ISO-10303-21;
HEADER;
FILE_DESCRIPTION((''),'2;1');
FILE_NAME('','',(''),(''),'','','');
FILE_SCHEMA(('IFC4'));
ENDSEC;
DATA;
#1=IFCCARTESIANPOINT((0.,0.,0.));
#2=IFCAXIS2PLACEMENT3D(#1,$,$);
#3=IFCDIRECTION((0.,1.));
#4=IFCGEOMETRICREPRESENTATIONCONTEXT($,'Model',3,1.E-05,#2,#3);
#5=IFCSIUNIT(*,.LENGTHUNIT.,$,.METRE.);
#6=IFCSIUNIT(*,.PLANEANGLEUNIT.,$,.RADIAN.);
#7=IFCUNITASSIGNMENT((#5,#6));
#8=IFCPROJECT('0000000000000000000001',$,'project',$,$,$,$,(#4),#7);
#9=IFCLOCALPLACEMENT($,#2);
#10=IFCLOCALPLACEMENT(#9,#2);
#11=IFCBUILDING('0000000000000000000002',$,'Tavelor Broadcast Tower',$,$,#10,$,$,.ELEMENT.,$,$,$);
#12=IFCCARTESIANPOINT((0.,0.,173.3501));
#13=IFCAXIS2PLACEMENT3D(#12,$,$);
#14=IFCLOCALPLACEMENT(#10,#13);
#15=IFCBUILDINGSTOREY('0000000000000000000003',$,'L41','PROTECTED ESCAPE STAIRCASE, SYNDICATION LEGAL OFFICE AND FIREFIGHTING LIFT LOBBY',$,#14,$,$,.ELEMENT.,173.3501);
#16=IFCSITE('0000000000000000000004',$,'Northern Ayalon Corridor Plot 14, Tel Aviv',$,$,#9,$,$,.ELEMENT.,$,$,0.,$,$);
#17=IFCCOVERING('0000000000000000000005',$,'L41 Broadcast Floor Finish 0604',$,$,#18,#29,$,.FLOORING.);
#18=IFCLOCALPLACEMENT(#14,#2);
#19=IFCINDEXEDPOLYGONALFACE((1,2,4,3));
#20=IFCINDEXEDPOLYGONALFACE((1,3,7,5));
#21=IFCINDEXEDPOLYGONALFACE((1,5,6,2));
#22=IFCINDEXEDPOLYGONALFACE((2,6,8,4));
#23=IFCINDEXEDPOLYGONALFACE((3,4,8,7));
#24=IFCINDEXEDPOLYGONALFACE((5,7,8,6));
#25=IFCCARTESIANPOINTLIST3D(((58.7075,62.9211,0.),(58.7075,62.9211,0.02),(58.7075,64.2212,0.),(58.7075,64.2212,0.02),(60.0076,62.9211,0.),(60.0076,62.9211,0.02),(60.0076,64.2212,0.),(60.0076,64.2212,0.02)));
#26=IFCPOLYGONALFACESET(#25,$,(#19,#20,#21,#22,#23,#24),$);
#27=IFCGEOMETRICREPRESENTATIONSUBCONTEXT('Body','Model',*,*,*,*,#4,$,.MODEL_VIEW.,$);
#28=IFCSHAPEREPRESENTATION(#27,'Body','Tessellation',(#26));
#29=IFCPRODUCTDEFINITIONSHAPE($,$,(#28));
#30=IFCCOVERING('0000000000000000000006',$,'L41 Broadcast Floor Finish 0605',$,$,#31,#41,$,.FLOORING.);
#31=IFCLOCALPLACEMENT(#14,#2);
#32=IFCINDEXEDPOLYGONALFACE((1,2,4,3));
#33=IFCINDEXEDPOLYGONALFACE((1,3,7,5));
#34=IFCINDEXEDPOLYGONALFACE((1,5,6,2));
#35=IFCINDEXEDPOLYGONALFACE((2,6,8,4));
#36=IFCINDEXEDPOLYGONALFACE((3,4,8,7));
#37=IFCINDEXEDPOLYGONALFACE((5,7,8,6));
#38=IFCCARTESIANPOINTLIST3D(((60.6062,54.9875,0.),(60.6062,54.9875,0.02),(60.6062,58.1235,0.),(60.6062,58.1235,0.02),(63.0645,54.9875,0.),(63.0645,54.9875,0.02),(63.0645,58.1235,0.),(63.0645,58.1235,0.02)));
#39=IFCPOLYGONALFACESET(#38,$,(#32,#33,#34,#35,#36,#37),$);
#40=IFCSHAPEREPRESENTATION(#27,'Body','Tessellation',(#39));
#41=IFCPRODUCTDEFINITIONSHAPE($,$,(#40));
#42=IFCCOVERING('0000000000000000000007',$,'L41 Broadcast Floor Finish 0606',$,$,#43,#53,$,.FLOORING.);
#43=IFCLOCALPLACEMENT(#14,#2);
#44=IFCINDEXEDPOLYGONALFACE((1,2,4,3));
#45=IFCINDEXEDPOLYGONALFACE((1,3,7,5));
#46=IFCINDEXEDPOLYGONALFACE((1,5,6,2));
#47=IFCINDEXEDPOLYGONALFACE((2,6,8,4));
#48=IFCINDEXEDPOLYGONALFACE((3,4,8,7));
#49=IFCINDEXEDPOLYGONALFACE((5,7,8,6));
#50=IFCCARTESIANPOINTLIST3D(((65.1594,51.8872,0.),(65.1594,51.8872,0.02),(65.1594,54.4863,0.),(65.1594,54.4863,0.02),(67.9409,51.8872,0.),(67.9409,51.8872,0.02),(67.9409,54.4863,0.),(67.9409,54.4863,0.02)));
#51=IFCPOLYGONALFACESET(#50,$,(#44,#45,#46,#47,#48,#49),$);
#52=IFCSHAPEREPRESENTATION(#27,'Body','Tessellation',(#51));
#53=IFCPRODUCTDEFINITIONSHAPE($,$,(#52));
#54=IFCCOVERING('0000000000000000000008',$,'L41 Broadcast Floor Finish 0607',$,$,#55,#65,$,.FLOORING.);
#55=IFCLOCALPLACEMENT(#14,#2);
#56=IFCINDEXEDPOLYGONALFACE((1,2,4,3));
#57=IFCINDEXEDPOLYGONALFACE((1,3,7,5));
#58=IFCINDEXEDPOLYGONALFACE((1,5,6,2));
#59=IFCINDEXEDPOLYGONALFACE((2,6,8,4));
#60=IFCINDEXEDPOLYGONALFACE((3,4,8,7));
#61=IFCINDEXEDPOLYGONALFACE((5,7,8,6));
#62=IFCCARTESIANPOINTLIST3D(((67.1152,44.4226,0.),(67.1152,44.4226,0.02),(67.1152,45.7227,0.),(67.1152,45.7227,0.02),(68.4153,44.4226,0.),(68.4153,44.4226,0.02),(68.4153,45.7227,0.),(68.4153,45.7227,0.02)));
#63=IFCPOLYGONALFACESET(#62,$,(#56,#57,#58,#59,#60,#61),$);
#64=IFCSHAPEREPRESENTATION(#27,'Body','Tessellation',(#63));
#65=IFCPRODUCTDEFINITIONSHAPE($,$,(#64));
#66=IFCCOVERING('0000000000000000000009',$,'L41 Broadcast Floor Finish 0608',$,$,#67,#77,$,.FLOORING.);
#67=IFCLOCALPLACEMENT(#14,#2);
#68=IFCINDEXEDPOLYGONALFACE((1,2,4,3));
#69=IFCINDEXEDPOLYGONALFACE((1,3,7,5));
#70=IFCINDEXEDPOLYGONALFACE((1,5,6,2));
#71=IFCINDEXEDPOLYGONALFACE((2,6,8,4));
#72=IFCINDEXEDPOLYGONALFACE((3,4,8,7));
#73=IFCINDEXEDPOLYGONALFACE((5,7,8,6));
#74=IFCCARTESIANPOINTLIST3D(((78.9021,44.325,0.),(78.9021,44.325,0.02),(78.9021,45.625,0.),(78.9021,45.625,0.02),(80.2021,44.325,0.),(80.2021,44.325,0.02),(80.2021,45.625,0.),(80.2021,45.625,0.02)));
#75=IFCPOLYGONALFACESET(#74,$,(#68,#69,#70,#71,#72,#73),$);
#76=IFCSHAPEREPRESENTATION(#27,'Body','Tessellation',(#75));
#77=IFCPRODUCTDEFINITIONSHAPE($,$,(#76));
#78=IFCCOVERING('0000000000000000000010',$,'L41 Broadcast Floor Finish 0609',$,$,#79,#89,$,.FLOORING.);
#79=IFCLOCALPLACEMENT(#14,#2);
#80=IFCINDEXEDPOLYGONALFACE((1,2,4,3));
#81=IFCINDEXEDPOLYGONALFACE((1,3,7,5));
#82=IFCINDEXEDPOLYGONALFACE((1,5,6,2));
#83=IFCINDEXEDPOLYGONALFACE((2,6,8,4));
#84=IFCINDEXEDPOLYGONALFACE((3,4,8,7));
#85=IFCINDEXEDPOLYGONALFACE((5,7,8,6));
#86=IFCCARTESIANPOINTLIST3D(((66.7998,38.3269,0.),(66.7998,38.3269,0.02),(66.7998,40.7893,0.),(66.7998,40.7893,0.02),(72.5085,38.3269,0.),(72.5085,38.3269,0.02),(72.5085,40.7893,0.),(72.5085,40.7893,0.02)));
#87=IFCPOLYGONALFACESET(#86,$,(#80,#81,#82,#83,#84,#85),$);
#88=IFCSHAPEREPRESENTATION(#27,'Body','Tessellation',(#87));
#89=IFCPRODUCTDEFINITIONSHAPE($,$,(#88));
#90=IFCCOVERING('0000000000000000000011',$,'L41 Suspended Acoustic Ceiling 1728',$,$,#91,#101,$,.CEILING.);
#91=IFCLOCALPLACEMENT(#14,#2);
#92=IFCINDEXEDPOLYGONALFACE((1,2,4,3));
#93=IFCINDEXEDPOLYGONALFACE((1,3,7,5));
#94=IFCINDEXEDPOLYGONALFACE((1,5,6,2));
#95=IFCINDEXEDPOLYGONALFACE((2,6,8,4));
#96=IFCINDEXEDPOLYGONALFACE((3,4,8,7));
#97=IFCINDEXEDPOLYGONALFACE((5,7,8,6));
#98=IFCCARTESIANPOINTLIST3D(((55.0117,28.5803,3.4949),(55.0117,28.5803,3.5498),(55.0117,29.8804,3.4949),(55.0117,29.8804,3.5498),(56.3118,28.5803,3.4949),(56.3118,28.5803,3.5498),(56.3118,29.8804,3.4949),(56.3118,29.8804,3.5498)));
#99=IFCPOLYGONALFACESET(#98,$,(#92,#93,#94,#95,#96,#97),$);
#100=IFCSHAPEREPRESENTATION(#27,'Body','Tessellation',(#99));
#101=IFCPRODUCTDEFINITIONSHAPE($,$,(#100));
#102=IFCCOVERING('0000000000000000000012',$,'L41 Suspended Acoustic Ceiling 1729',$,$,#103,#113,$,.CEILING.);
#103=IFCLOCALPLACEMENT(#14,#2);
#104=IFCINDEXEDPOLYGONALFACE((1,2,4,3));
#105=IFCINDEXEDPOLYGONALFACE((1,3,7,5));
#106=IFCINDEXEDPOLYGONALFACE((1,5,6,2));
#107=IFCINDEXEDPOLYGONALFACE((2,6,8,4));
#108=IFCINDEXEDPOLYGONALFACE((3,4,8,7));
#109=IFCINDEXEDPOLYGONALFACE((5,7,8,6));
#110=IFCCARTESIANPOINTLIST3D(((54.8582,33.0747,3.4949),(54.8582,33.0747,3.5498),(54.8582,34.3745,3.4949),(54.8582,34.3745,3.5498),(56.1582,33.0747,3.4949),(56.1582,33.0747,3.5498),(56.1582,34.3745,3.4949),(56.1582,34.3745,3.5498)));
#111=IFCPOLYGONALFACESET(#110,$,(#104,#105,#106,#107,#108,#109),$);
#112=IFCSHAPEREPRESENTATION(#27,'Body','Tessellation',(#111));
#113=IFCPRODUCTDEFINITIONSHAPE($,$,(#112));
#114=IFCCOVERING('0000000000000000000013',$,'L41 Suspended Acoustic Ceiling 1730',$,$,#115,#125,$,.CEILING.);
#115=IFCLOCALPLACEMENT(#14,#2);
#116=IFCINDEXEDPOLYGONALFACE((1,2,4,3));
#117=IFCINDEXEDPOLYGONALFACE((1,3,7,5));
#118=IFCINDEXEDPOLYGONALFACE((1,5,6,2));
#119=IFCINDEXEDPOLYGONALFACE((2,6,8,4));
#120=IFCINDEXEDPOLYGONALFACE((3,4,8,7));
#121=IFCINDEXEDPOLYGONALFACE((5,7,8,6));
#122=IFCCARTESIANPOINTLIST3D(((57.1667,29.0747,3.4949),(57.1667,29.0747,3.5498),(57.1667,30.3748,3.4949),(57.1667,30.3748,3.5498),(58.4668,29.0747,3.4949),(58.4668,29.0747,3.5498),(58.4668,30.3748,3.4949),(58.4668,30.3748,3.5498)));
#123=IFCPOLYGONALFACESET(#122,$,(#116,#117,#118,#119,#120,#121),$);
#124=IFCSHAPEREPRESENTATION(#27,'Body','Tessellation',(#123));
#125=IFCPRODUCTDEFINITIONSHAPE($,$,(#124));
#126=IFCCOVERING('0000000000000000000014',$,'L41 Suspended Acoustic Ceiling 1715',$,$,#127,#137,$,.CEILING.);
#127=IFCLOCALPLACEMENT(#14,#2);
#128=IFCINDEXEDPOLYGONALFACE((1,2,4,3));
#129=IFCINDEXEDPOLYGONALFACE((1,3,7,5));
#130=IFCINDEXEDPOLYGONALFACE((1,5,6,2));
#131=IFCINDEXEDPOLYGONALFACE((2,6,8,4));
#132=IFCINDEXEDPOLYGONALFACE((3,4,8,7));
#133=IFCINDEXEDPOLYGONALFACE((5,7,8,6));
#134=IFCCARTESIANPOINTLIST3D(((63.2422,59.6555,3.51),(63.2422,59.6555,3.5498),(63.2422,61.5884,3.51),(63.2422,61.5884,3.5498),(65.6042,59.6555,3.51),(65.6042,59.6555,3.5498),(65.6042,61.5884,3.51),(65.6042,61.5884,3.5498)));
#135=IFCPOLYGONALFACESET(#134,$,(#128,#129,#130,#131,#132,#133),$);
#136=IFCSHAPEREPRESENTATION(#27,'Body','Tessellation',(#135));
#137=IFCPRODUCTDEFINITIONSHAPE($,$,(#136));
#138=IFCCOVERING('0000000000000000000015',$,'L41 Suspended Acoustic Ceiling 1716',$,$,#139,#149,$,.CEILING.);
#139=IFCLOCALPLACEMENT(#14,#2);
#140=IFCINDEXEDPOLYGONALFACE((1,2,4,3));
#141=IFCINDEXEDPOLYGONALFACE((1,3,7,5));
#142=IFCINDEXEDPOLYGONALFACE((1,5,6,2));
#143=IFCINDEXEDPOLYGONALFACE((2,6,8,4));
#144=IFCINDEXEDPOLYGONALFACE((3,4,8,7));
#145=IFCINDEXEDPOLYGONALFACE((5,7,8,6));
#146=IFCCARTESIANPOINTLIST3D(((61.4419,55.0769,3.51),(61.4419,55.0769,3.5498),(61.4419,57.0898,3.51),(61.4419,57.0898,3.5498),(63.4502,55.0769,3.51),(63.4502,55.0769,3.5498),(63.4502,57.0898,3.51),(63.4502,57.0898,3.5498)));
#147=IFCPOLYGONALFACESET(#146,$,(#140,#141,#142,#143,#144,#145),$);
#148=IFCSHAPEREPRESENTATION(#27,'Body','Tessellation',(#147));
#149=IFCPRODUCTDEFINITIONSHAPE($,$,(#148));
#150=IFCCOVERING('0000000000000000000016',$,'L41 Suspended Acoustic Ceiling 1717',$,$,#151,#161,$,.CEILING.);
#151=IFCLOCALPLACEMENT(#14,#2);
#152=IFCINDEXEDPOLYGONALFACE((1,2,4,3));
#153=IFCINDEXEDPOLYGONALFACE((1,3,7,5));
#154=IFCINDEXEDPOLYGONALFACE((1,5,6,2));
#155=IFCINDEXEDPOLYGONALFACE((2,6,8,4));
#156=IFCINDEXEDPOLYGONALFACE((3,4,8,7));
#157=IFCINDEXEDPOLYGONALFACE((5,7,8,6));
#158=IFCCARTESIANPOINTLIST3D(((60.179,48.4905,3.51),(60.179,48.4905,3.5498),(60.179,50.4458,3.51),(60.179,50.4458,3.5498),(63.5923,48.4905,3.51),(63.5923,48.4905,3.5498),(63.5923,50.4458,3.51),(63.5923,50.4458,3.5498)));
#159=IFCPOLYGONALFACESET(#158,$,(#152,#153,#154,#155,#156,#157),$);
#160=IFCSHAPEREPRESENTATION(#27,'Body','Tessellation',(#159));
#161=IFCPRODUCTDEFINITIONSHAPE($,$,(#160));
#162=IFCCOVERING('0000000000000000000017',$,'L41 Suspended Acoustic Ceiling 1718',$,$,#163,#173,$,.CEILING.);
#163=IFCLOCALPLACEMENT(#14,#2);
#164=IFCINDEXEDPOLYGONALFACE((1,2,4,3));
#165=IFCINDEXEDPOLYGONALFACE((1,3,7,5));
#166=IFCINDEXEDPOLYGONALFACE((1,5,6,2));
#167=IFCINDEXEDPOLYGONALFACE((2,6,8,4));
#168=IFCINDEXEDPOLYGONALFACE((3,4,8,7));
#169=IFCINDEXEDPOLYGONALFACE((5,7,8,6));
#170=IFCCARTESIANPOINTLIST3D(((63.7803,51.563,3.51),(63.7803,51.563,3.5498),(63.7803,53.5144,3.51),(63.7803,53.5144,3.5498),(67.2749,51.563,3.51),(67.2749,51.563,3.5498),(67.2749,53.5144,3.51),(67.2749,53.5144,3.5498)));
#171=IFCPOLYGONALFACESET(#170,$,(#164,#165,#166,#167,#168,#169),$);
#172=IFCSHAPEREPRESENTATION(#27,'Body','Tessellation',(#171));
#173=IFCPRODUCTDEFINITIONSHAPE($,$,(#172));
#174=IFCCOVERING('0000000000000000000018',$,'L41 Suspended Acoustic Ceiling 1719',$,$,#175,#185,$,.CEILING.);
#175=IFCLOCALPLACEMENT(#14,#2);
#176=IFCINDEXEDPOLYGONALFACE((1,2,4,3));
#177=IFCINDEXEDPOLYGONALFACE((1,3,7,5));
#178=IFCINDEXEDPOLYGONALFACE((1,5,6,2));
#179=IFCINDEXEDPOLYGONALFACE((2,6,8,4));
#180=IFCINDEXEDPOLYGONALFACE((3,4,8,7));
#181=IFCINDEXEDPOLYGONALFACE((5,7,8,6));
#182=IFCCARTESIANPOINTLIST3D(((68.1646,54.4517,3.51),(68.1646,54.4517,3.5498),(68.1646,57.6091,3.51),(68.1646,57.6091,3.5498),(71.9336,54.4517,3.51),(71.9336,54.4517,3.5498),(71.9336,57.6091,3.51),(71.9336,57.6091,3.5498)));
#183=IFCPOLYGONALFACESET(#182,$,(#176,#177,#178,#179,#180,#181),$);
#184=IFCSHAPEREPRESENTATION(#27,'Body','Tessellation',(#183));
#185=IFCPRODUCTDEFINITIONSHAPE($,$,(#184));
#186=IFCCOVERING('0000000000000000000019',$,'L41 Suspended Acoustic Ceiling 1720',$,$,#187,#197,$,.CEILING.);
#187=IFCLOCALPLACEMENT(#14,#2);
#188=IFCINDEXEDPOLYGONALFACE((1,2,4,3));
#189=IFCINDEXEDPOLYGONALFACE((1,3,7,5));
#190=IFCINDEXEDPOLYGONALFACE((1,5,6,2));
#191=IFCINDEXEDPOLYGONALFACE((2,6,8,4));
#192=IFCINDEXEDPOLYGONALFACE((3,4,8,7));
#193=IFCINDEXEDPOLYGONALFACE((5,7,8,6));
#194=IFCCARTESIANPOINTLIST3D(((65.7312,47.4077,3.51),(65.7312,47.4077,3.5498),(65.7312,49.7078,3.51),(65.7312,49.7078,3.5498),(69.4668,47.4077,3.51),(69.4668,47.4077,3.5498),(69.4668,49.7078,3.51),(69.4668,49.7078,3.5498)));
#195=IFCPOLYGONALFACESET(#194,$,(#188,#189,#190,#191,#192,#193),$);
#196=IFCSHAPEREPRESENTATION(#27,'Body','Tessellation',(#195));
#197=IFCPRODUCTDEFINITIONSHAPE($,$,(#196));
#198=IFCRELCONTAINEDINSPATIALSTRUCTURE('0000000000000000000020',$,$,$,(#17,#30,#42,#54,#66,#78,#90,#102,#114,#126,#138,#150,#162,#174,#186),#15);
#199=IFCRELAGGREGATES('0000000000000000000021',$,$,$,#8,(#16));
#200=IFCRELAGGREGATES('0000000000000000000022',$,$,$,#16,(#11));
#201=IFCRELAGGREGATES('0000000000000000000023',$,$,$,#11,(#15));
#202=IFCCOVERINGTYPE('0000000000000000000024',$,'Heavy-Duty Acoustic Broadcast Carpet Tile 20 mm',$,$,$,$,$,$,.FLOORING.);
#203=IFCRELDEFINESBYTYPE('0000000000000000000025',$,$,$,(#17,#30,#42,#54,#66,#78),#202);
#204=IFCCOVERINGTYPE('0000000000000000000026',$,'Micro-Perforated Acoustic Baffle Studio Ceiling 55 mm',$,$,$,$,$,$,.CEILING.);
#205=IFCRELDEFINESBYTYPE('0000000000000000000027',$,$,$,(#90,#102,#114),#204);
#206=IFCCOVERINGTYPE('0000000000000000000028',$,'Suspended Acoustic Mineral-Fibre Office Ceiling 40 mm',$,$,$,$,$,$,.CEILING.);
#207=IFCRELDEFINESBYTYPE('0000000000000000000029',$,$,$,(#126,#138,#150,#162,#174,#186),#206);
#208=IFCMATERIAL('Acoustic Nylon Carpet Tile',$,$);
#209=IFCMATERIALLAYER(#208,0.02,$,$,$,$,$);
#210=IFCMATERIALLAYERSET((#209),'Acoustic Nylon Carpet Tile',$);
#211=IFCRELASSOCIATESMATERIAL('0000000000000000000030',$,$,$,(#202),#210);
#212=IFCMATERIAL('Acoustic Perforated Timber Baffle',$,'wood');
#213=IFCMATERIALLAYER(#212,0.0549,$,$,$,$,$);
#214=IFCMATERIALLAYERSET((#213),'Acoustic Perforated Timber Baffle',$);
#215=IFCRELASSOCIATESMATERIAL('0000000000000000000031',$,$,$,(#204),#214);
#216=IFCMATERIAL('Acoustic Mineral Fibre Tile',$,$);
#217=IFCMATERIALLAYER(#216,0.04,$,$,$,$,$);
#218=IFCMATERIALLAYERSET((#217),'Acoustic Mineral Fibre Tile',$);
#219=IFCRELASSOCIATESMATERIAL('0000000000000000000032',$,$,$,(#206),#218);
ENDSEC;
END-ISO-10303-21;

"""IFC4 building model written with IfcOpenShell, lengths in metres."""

from ifc_helpers import new_model, si_unit, direction, frame, origin, place, context, subcontext, project, spatial, polyline, outline, extrude, material, layer, layer_set, type_object, element, save


model = new_model("IFC4")

# Units and contexts
model_context = context("Model", 3, precision=1e-05, world=origin(), true_north=direction((0.0, 1.0)))
body_context = subcontext(model_context, "Body", "Model", "MODEL_VIEW")
ifc_project = project(units=[si_unit("LENGTHUNIT", "METRE"), si_unit("PLANEANGLEUNIT", "RADIAN")], contexts=[model_context])

# Site, building, storey
site_placement = place(None, origin())
site = spatial("IfcSite", under=ifc_project, at=site_placement, Name="Northern Ayalon Corridor Plot 14, Tel Aviv", CompositionType="ELEMENT", RefElevation=0.0)
building_placement = place(site_placement, origin())
building = spatial("IfcBuilding", under=site, at=building_placement, Name="Tavelor Broadcast Tower", CompositionType="ELEMENT")
storey_placement = place(building_placement, frame((0.0, 0.0, 173.3501)))
storey = spatial("IfcBuildingStorey", under=building, at=storey_placement, Name="L41", Description="PROTECTED ESCAPE STAIRCASE, SYNDICATION LEGAL OFFICE AND FIREFIGHTING LIFT LOBBY", CompositionType="ELEMENT", Elevation=173.3501)

# Coverings
ifc_material_1 = material(Name="Acoustic Nylon Carpet Tile")
ifc_layer_1 = layer(ifc_material_1, 0.02)
ifc_layer_set_1 = layer_set([ifc_layer_1], Name="Acoustic Nylon Carpet Tile")
covering_type_1 = type_object("IfcCoveringType", Name="Heavy-Duty Acoustic Broadcast Carpet Tile 20 mm", PredefinedType="FLOORING", material=ifc_layer_set_1)
covering_1_placement = place(storey_placement, origin())
element("IfcCovering", 1, at=covering_1_placement, inside=storey, type_object=covering_type_1, Name="L41 Broadcast Floor Finish 0604", PredefinedType="FLOORING", context=body_context, shape_type="SweptSolid", body=[
    extrude(outline(polyline([(58.7075, 62.9211), (60.0076, 62.9211), (60.0076, 64.2212), (58.7075, 64.2212), (58.7075, 62.9211)])), origin(), (0.0, 0.0, 1.0), 0.02),
])
covering_2_placement = place(storey_placement, origin())
element("IfcCovering", 2, at=covering_2_placement, inside=storey, type_object=covering_type_1, Name="L41 Broadcast Floor Finish 0605", PredefinedType="FLOORING", context=body_context, shape_type="SweptSolid", body=[
    extrude(outline(polyline([(60.6062, 54.9875), (63.0645, 54.9875), (63.0645, 58.1235), (60.6062, 58.1235), (60.6062, 54.9875)])), origin(), (0.0, 0.0, 1.0), 0.02),
])
covering_3_placement = place(storey_placement, origin())
element("IfcCovering", 3, at=covering_3_placement, inside=storey, type_object=covering_type_1, Name="L41 Broadcast Floor Finish 0606", PredefinedType="FLOORING", context=body_context, shape_type="SweptSolid", body=[
    extrude(outline(polyline([(65.1594, 51.8872), (67.9409, 51.8872), (67.9409, 54.4863), (65.1594, 54.4863), (65.1594, 51.8872)])), origin(), (0.0, 0.0, 1.0), 0.02),
])
covering_4_placement = place(storey_placement, origin())
element("IfcCovering", 4, at=covering_4_placement, inside=storey, type_object=covering_type_1, Name="L41 Broadcast Floor Finish 0607", PredefinedType="FLOORING", context=body_context, shape_type="SweptSolid", body=[
    extrude(outline(polyline([(67.1152, 44.4226), (68.4153, 44.4226), (68.4153, 45.7227), (67.1152, 45.7227), (67.1152, 44.4226)])), origin(), (0.0, 0.0, 1.0), 0.02),
])
covering_5_placement = place(storey_placement, origin())
element("IfcCovering", 5, at=covering_5_placement, inside=storey, type_object=covering_type_1, Name="L41 Broadcast Floor Finish 0608", PredefinedType="FLOORING", context=body_context, shape_type="SweptSolid", body=[
    extrude(outline(polyline([(78.9021, 44.325), (80.2021, 44.325), (80.2021, 45.625), (78.9021, 45.625), (78.9021, 44.325)])), origin(), (0.0, 0.0, 1.0), 0.02),
])
covering_6_placement = place(storey_placement, origin())
element("IfcCovering", 6, at=covering_6_placement, inside=storey, type_object=covering_type_1, Name="L41 Broadcast Floor Finish 0609", PredefinedType="FLOORING", context=body_context, shape_type="SweptSolid", body=[
    extrude(outline(polyline([(66.7998, 38.3269), (72.5085, 38.3269), (72.5085, 40.7893), (66.7998, 40.7893), (66.7998, 38.3269)])), origin(), (0.0, 0.0, 1.0), 0.02),
])
ifc_material_2 = material(Name="Acoustic Perforated Timber Baffle", Category="wood")
ifc_layer_2 = layer(ifc_material_2, 0.0549)
ifc_layer_set_2 = layer_set([ifc_layer_2], Name="Acoustic Perforated Timber Baffle")
covering_type_2 = type_object("IfcCoveringType", Name="Micro-Perforated Acoustic Baffle Studio Ceiling 55 mm", PredefinedType="CEILING", material=ifc_layer_set_2)
covering_7_placement = place(storey_placement, frame((0.0, 0.0, 3.4949)))
element("IfcCovering", 7, at=covering_7_placement, inside=storey, type_object=covering_type_2, Name="L41 Suspended Acoustic Ceiling 1728", PredefinedType="CEILING", context=body_context, shape_type="SweptSolid", body=[
    extrude(outline(polyline([(55.0117, 28.5803), (56.3118, 28.5803), (56.3118, 29.8804), (55.0117, 29.8804), (55.0117, 28.5803)])), origin(), (0.0, 0.0, 1.0), 0.0549),
])
covering_8_placement = place(storey_placement, frame((0.0, 0.0, 3.4949)))
element("IfcCovering", 8, at=covering_8_placement, inside=storey, type_object=covering_type_2, Name="L41 Suspended Acoustic Ceiling 1729", PredefinedType="CEILING", context=body_context, shape_type="SweptSolid", body=[
    extrude(outline(polyline([(54.8582, 33.0747), (56.1582, 33.0747), (56.1582, 34.3745), (54.8582, 34.3745), (54.8582, 33.0747)])), origin(), (0.0, 0.0, 1.0), 0.0549),
])
covering_9_placement = place(storey_placement, frame((0.0, 0.0, 3.4949)))
element("IfcCovering", 9, at=covering_9_placement, inside=storey, type_object=covering_type_2, Name="L41 Suspended Acoustic Ceiling 1730", PredefinedType="CEILING", context=body_context, shape_type="SweptSolid", body=[
    extrude(outline(polyline([(57.1667, 29.0747), (58.4668, 29.0747), (58.4668, 30.3748), (57.1667, 30.3748), (57.1667, 29.0747)])), origin(), (0.0, 0.0, 1.0), 0.0549),
])
ifc_material_3 = material(Name="Acoustic Mineral Fibre Tile")
ifc_layer_3 = layer(ifc_material_3, 0.04)
ifc_layer_set_3 = layer_set([ifc_layer_3], Name="Acoustic Mineral Fibre Tile")
covering_type_3 = type_object("IfcCoveringType", Name="Suspended Acoustic Mineral-Fibre Office Ceiling 40 mm", PredefinedType="CEILING", material=ifc_layer_set_3)
covering_10_placement = place(storey_placement, frame((0.0, 0.0, 3.51)))
element("IfcCovering", 10, at=covering_10_placement, inside=storey, type_object=covering_type_3, Name="L41 Suspended Acoustic Ceiling 1715", PredefinedType="CEILING", context=body_context, shape_type="SweptSolid", body=[
    extrude(outline(polyline([(63.2422, 59.6555), (65.6042, 59.6555), (65.6042, 61.5884), (63.2422, 61.5884), (63.2422, 59.6555)])), origin(), (0.0, 0.0, 1.0), 0.0398),
])
covering_11_placement = place(storey_placement, frame((0.0, 0.0, 3.51)))
element("IfcCovering", 11, at=covering_11_placement, inside=storey, type_object=covering_type_3, Name="L41 Suspended Acoustic Ceiling 1716", PredefinedType="CEILING", context=body_context, shape_type="SweptSolid", body=[
    extrude(outline(polyline([(61.4419, 55.0769), (63.4502, 55.0769), (63.4502, 57.0898), (61.4419, 57.0898), (61.4419, 55.0769)])), origin(), (0.0, 0.0, 1.0), 0.0398),
])
covering_12_placement = place(storey_placement, frame((0.0, 0.0, 3.51)))
element("IfcCovering", 12, at=covering_12_placement, inside=storey, type_object=covering_type_3, Name="L41 Suspended Acoustic Ceiling 1717", PredefinedType="CEILING", context=body_context, shape_type="SweptSolid", body=[
    extrude(outline(polyline([(60.179, 48.4905), (63.5923, 48.4905), (63.5923, 50.4458), (60.179, 50.4458), (60.179, 48.4905)])), origin(), (0.0, 0.0, 1.0), 0.0398),
])
covering_13_placement = place(storey_placement, frame((0.0, 0.0, 3.51)))
element("IfcCovering", 13, at=covering_13_placement, inside=storey, type_object=covering_type_3, Name="L41 Suspended Acoustic Ceiling 1718", PredefinedType="CEILING", context=body_context, shape_type="SweptSolid", body=[
    extrude(outline(polyline([(63.7803, 51.563), (67.2749, 51.563), (67.2749, 53.5144), (63.7803, 53.5144), (63.7803, 51.563)])), origin(), (0.0, 0.0, 1.0), 0.0398),
])
covering_14_placement = place(storey_placement, frame((0.0, 0.0, 3.51)))
element("IfcCovering", 14, at=covering_14_placement, inside=storey, type_object=covering_type_3, Name="L41 Suspended Acoustic Ceiling 1719", PredefinedType="CEILING", context=body_context, shape_type="SweptSolid", body=[
    extrude(outline(polyline([(68.1646, 54.4517), (71.9336, 54.4517), (71.9336, 57.6091), (68.1646, 57.6091), (68.1646, 54.4517)])), origin(), (0.0, 0.0, 1.0), 0.0398),
])
covering_15_placement = place(storey_placement, frame((0.0, 0.0, 3.51)))
element("IfcCovering", 15, at=covering_15_placement, inside=storey, type_object=covering_type_3, Name="L41 Suspended Acoustic Ceiling 1720", PredefinedType="CEILING", context=body_context, shape_type="SweptSolid", body=[
    extrude(outline(polyline([(65.7312, 47.4077), (69.4668, 47.4077), (69.4668, 49.7078), (65.7312, 49.7078), (65.7312, 47.4077)])), origin(), (0.0, 0.0, 1.0), 0.0398),
])

save(model, "model.ifc")
